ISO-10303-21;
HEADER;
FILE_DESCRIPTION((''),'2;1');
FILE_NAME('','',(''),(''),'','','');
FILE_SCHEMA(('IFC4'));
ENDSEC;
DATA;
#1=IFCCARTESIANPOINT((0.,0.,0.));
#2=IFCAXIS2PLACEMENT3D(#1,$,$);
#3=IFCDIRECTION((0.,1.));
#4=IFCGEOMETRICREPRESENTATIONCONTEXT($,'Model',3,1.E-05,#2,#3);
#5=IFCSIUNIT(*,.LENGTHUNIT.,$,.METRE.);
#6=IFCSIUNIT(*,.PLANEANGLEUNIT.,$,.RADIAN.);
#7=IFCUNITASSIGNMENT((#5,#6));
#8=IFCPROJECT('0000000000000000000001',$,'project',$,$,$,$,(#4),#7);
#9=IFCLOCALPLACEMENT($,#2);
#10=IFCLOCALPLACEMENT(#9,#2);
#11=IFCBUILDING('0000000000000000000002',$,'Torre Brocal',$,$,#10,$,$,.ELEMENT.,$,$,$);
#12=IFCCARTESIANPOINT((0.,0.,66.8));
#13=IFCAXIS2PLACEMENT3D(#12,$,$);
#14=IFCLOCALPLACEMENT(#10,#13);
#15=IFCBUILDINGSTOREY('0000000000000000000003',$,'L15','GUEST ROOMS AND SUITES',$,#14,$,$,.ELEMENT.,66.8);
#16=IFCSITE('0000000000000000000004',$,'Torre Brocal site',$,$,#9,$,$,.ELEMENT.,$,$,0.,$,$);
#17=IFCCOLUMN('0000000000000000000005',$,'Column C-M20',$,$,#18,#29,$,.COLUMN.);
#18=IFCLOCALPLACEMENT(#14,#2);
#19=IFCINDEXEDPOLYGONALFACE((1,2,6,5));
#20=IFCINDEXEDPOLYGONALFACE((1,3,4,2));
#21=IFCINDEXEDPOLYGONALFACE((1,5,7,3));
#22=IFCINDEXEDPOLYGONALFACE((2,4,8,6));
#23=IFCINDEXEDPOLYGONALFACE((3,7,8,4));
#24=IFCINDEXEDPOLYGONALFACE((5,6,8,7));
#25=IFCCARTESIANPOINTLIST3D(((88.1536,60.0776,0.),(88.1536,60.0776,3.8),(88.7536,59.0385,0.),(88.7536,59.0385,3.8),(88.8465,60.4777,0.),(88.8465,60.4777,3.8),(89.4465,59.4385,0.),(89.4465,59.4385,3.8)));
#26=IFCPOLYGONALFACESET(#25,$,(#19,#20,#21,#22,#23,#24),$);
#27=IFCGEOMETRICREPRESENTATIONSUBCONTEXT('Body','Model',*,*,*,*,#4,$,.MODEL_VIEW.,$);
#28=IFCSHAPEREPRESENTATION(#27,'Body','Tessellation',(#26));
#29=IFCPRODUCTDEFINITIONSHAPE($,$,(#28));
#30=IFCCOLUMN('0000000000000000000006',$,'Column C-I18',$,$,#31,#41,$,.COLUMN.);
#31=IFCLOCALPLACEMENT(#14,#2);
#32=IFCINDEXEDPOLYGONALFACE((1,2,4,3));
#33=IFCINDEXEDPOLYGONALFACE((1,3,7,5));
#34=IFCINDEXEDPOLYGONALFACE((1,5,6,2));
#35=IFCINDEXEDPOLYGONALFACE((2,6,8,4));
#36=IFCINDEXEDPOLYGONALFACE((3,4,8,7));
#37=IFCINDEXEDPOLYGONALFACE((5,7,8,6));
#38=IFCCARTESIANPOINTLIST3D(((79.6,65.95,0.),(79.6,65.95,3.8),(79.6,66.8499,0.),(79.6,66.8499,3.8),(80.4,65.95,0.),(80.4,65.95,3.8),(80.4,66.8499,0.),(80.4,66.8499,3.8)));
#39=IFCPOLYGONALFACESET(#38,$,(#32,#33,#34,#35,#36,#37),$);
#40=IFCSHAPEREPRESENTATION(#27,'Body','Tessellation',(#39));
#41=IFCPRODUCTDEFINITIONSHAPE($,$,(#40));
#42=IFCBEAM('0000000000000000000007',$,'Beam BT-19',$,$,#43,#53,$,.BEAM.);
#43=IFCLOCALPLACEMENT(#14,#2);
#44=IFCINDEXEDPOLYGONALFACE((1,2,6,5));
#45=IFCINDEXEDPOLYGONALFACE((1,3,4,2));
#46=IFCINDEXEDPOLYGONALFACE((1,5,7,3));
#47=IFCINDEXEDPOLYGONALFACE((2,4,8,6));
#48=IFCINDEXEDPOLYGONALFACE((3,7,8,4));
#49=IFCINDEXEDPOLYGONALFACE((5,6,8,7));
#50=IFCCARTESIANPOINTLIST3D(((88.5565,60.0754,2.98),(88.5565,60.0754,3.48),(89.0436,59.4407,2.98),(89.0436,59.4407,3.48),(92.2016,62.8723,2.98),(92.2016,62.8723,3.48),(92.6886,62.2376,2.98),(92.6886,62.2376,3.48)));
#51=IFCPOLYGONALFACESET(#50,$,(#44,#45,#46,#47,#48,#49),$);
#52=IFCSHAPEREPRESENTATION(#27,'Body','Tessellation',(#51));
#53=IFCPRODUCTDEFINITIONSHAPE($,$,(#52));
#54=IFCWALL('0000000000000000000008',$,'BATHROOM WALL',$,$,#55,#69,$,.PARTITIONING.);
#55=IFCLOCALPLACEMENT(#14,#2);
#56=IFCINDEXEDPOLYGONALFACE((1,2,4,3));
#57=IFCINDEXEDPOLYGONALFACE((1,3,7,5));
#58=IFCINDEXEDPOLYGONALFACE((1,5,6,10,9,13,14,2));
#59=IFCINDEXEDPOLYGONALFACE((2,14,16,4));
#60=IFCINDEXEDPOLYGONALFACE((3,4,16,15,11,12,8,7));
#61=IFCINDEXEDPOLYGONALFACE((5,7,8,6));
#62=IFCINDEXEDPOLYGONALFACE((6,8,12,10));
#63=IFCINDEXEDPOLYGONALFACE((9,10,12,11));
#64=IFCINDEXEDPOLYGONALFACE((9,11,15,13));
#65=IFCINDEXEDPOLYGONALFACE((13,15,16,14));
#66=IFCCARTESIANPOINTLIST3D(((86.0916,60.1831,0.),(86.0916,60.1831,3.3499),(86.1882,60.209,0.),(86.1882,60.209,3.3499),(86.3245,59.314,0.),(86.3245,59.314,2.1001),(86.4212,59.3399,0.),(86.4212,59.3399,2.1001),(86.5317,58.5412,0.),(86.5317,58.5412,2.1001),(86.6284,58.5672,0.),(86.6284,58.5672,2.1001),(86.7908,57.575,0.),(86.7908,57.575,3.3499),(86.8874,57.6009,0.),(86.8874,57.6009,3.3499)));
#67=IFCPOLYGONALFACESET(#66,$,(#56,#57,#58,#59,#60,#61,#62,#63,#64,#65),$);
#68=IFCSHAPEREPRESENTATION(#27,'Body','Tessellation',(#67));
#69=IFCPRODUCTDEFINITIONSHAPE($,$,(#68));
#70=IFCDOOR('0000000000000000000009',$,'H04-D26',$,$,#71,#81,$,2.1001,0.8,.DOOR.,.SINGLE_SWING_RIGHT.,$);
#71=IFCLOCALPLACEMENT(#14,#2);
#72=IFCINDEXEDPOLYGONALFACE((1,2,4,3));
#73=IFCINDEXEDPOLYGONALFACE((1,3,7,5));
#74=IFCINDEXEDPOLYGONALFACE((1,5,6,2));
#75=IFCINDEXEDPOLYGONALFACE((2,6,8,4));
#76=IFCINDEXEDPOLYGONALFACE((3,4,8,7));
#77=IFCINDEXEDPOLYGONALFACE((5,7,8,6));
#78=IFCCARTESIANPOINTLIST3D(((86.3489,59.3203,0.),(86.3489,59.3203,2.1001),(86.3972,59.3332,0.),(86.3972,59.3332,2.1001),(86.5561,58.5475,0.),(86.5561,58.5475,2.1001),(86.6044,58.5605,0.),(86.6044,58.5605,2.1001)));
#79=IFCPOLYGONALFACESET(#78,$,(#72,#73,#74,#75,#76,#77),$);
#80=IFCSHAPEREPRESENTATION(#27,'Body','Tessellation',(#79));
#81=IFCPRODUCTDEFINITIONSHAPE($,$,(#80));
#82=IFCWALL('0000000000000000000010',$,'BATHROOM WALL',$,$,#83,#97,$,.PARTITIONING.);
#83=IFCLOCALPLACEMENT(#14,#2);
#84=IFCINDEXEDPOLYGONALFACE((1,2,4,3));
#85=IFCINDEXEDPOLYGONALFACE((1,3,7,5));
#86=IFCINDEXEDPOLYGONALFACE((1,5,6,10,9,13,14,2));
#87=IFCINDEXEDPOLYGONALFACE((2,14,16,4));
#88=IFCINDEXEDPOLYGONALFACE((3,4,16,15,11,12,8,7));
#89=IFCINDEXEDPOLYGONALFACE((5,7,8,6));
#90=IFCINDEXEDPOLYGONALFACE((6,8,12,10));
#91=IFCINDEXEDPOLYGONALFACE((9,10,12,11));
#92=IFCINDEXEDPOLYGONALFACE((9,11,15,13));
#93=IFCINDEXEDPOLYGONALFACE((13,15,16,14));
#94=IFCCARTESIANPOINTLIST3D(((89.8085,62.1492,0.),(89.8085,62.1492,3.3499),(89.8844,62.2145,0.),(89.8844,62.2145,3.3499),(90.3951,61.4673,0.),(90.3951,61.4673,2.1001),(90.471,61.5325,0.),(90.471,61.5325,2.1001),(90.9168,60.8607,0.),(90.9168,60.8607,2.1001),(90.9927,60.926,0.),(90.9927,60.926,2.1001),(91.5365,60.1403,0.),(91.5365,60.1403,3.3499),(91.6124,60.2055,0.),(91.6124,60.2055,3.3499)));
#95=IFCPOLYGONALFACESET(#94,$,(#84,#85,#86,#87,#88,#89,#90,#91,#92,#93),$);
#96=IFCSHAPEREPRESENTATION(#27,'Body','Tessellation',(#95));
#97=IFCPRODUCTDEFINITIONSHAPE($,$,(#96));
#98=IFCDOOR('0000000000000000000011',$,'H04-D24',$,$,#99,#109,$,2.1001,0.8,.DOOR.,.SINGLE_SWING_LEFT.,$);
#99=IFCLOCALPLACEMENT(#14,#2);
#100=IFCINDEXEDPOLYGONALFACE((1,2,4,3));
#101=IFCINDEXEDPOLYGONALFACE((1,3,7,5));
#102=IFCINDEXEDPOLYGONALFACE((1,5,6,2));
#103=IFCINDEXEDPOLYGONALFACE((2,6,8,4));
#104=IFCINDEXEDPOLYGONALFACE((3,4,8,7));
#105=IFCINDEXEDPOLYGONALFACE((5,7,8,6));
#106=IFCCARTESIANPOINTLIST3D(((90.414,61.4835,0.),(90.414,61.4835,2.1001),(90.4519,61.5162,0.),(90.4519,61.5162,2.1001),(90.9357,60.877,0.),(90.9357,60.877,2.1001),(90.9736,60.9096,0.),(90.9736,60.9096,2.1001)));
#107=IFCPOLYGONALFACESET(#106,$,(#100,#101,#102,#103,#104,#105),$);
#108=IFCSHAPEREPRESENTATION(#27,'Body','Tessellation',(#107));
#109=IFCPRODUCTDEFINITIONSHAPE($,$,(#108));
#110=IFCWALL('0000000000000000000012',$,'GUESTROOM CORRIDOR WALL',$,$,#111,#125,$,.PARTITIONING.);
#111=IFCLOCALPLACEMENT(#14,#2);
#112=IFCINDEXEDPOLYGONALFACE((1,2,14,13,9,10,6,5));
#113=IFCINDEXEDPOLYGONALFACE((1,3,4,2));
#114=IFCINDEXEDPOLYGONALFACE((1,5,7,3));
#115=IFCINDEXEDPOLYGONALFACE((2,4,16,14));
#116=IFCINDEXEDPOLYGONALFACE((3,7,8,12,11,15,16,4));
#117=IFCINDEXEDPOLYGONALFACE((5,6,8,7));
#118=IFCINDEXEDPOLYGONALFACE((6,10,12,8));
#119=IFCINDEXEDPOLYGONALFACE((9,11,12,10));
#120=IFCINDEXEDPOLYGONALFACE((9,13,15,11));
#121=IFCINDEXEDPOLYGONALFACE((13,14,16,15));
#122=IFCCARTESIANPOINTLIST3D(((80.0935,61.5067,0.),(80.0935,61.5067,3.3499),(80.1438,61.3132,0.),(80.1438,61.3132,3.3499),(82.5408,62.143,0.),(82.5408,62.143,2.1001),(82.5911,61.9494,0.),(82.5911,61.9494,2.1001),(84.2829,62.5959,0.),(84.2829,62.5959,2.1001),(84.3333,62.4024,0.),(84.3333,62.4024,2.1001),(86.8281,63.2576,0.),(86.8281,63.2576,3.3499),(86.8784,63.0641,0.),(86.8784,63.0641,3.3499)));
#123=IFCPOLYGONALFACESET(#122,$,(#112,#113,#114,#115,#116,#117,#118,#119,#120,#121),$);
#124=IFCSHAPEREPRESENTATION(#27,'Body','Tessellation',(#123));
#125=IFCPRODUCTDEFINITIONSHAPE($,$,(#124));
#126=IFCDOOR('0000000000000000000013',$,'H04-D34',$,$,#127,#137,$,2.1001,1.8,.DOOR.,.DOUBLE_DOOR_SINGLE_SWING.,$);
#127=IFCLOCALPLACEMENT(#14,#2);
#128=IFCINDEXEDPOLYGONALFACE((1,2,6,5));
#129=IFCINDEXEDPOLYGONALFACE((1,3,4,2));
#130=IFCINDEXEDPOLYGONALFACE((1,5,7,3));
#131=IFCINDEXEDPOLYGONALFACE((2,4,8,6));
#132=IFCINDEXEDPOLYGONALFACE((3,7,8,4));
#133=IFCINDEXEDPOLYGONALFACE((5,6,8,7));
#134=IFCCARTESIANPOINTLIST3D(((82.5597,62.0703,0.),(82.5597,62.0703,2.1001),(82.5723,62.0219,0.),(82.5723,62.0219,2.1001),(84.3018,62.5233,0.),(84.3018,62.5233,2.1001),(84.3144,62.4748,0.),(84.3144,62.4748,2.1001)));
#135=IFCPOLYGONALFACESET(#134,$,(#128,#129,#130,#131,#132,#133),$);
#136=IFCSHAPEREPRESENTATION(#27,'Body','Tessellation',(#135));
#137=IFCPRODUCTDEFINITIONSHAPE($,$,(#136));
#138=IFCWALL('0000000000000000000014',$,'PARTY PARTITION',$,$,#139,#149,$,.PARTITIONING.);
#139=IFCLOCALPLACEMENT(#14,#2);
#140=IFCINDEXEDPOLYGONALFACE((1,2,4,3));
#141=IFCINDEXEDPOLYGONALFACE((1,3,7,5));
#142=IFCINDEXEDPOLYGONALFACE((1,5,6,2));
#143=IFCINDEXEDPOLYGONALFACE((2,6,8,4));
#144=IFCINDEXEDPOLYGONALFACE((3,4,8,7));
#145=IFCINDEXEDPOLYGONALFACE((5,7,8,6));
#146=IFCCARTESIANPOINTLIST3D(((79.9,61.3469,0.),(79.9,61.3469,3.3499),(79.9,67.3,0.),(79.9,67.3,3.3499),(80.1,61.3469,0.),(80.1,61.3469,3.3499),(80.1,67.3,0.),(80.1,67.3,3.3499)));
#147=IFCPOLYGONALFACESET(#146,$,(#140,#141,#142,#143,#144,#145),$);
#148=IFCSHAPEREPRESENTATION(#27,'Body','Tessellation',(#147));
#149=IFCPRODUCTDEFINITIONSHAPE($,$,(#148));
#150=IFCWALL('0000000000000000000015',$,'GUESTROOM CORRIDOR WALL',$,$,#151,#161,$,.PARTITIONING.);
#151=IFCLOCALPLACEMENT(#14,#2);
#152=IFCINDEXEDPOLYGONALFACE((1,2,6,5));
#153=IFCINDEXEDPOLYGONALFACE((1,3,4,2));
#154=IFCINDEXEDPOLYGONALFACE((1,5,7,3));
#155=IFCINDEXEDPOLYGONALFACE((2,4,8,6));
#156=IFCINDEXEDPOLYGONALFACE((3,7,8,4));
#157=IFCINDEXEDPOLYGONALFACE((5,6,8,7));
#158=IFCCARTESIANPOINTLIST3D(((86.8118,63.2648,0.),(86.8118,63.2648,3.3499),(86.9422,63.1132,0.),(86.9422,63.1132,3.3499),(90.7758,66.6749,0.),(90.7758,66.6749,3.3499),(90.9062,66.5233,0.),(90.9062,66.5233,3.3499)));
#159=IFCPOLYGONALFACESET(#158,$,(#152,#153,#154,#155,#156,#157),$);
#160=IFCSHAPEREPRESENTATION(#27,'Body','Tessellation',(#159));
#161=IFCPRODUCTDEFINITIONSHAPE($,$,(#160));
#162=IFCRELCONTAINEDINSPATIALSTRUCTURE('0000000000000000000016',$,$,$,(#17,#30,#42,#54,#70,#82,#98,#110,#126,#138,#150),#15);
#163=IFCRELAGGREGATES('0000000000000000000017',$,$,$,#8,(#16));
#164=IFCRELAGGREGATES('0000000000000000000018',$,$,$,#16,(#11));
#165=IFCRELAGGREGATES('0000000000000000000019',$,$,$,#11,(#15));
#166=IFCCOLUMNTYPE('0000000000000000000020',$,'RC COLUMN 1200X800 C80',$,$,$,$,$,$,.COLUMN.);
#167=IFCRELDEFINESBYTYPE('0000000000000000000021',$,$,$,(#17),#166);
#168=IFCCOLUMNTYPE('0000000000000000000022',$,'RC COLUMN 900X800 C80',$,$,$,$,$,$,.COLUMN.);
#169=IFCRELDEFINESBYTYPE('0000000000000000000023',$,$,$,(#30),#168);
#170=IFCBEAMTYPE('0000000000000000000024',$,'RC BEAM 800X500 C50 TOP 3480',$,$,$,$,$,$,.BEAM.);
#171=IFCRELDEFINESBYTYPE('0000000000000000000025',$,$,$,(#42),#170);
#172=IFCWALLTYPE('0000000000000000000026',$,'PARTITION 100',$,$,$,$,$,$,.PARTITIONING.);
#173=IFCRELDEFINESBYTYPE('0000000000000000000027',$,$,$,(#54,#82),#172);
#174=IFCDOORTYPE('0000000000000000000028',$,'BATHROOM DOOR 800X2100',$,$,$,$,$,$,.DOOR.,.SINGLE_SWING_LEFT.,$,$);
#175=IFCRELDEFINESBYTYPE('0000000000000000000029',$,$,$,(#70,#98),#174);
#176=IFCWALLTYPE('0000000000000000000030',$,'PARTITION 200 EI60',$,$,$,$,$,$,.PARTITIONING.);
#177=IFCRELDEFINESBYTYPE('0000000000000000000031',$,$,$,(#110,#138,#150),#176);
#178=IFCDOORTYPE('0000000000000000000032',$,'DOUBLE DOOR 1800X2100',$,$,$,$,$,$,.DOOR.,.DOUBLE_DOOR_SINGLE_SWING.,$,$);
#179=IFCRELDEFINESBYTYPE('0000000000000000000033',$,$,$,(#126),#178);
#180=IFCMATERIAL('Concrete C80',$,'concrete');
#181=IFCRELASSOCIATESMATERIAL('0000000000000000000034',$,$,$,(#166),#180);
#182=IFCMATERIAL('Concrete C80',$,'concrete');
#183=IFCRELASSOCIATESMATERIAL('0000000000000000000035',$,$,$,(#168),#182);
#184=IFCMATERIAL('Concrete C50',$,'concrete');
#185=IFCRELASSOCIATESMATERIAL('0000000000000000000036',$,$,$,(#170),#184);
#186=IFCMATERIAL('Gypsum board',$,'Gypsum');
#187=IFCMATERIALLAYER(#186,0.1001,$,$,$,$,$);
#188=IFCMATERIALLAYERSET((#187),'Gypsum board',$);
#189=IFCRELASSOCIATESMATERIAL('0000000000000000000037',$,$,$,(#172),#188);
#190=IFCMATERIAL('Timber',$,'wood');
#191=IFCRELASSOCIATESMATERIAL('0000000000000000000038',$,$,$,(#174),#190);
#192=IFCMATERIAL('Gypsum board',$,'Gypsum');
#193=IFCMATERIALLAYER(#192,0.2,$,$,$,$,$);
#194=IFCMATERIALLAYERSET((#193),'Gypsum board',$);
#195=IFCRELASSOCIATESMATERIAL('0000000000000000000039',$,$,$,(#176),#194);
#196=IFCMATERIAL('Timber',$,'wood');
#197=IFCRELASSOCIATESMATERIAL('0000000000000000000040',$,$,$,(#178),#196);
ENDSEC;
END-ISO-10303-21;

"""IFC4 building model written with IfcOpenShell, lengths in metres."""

from ifc_helpers import new_model, si_unit, direction, frame, frame_2d, origin, origin_2d, place, context, subcontext, project, spatial, rectangle, extrude, material, layer, layer_set, material_profile, profile_set, type_object, element, fill, save


model = new_model("IFC4")

# Units and contexts
model_context = context("Model", 3, precision=1e-05, world=origin(), true_north=direction((0.0, 1.0)))
body_context = subcontext(model_context, "Body", "Model", "MODEL_VIEW")
ifc_project = project(units=[si_unit("LENGTHUNIT", "METRE"), si_unit("PLANEANGLEUNIT", "RADIAN")], contexts=[model_context])

# Site, building, storey
site_placement = place(None, origin())
site = spatial("IfcSite", under=ifc_project, at=site_placement, Name="Torre Brocal site", CompositionType="ELEMENT", RefElevation=0.0)
building_placement = place(site_placement, origin())
building = spatial("IfcBuilding", under=site, at=building_placement, Name="Torre Brocal", CompositionType="ELEMENT")
storey_placement = place(building_placement, frame((0.0, 0.0, 66.8)))
storey = spatial("IfcBuildingStorey", under=building, at=storey_placement, Name="L15", Description="GUEST ROOMS AND SUITES", CompositionType="ELEMENT", Elevation=66.8)

# Columns
ifc_material_1 = material(Name="Concrete C80", Category="concrete")
ifc_material_profile_1 = material_profile(ifc_material_1, rectangle(XDim=1.2, YDim=0.8, at=origin_2d()), Name="RC 1200X800")
ifc_profile_set_1 = profile_set([ifc_material_profile_1], Name="Concrete C80")
column_type_1 = type_object("IfcColumnType", Name="RC COLUMN 1200X800 C80", PredefinedType="COLUMN", material=ifc_profile_set_1)
column_1_placement = place(storey_placement, frame((88.8, 59.7581, 0.0), z_axis=(0.0, 0.0, 1.0), x_axis=(0.5, -0.866025, 0.0)))
element("IfcColumn", 1, at=column_1_placement, inside=storey, type_object=column_type_1, Name="Column C-M20", PredefinedType="COLUMN", context=body_context, shape_type="SweptSolid", body=[
    extrude(rectangle(XDim=1.2, YDim=0.8, at=origin_2d()), origin(), (0.0, 0.0, 1.0), 3.8),
])
ifc_material_2 = material(Name="Concrete C80", Category="concrete")
ifc_material_profile_2 = material_profile(ifc_material_2, rectangle(XDim=0.8999, YDim=0.8, at=origin_2d()), Name="RC 900X800")
ifc_profile_set_2 = profile_set([ifc_material_profile_2], Name="Concrete C80")
column_type_2 = type_object("IfcColumnType", Name="RC COLUMN 900X800 C80", PredefinedType="COLUMN", material=ifc_profile_set_2)
column_2_placement = place(storey_placement, frame((80.0, 66.3999, 0.0), z_axis=(0.0, 0.0, 1.0), x_axis=(0.0, -1.0, 0.0)))
element("IfcColumn", 2, at=column_2_placement, inside=storey, type_object=column_type_2, Name="Column C-I18", PredefinedType="COLUMN", context=body_context, shape_type="SweptSolid", body=[
    extrude(rectangle(XDim=0.8999, YDim=0.8, at=origin_2d()), origin(), (0.0, 0.0, 1.0), 3.8),
])

# Beam
ifc_material_3 = material(Name="Concrete C50", Category="concrete")
ifc_material_profile_3 = material_profile(ifc_material_3, rectangle(XDim=0.8, YDim=0.5, at=origin_2d()), Name="RC 800X500")
ifc_profile_set_3 = profile_set([ifc_material_profile_3], Name="Concrete C50")
beam_type = type_object("IfcBeamType", Name="RC BEAM 800X500 C50 TOP 3480", PredefinedType="BEAM", material=ifc_profile_set_3)
beam_placement = place(storey_placement, frame((88.8, 59.7581, 3.23), z_axis=(0.793358, 0.608755, 0.0), x_axis=(-0.608755, 0.793358, 0.0)))
element("IfcBeam", 3, at=beam_placement, inside=storey, type_object=beam_type, Name="Beam BT-19", PredefinedType="BEAM", context=body_context, shape_type="SweptSolid", body=[
    extrude(rectangle(XDim=0.8, YDim=0.5, at=origin_2d()), origin(), (0.0, 0.0, 1.0), 4.5945),
])

# Walls, openings, doors
ifc_material_4 = material(Name="Gypsum board", Category="Gypsum")
ifc_layer_1 = layer(ifc_material_4, 0.1001)
ifc_layer_set_1 = layer_set([ifc_layer_1], Name="Gypsum board")
wall_type_1 = type_object("IfcWallType", Name="PARTITION 100", PredefinedType="PARTITIONING", material=ifc_layer_set_1)
wall_1_placement = place(storey_placement, frame((86.1399, 60.196, 0.0), z_axis=(0.0, 0.0, 1.0), x_axis=(0.258945, -0.965892, 0.0)))
wall_1 = element("IfcWall", 4, at=wall_1_placement, inside=storey, type_object=wall_type_1, Name="BATHROOM WALL", PredefinedType="PARTITIONING", context=body_context, shape_type="SweptSolid", body=[
    extrude(rectangle(XDim=2.7002, YDim=0.1001, at=frame_2d((1.3501, 0.0))), origin(), (0.0, 0.0, 1.0), 3.3499),
])
opening_1_placement = place(wall_1_placement, frame((0.8999, 0.0, 0.0)))
opening_1 = element("IfcOpeningElement", 5, at=opening_1_placement, cuts=wall_1, PredefinedType="OPENING", context=body_context, shape_type="SweptSolid", body=[
    extrude(rectangle(XDim=0.8, YDim=2.1001, at=frame_2d((0.3999, 1.05))), frame((0.0, 0.0601, 0.0), z_axis=(0.0, -1.0, 0.0), x_axis=(1.0, 0.0, 0.0)), (0.0, 0.0, 1.0), 0.1201),
])
ifc_material_5 = material(Name="Timber", Category="wood")
door_type_1 = type_object("IfcDoorType", Name="BATHROOM DOOR 800X2100", OperationType="SINGLE_SWING_LEFT", PredefinedType="DOOR", material=ifc_material_5)
door_1_placement = place(opening_1_placement, frame((0.8, 0.0, 0.0), z_axis=(0.0, 0.0, 1.0), x_axis=(-1.0, 0.0, 0.0)))
door_1 = element("IfcDoor", 6, at=door_1_placement, inside=storey, type_object=door_type_1, Name="H04-D26", OperationType="SINGLE_SWING_RIGHT", OverallHeight=2.1001, OverallWidth=0.8, PredefinedType="DOOR", context=body_context, shape_type="SweptSolid", body=[
    extrude(rectangle(XDim=0.8, YDim=2.1001, at=frame_2d((0.3999, 1.05))), frame((0.0, 0.0249, 0.0), z_axis=(0.0, -1.0, 0.0), x_axis=(1.0, 0.0, 0.0)), (0.0, 0.0, 1.0), 0.05),
])
fill(opening_1, door_1)
wall_2_placement = place(storey_placement, frame((89.8464, 62.1819, 0.0), z_axis=(0.0, 0.0, 1.0), x_axis=(0.652095, -0.758137, 0.0)))
wall_2 = element("IfcWall", 7, at=wall_2_placement, inside=storey, type_object=wall_type_1, Name="BATHROOM WALL", PredefinedType="PARTITIONING", context=body_context, shape_type="SweptSolid", body=[
    extrude(rectangle(XDim=2.6499, YDim=0.1001, at=frame_2d((1.325, 0.0))), origin(), (0.0, 0.0, 1.0), 3.3499),
])
opening_2_placement = place(wall_2_placement, frame((0.8997, 0.0, 0.0)))
opening_2 = element("IfcOpeningElement", 8, at=opening_2_placement, cuts=wall_2, PredefinedType="OPENING", context=body_context, shape_type="SweptSolid", body=[
    extrude(rectangle(XDim=0.8, YDim=2.1001, at=frame_2d((0.3999, 1.05))), frame((0.0, 0.0601, 0.0), z_axis=(0.0, -1.0, 0.0), x_axis=(1.0, 0.0, 0.0)), (0.0, 0.0, 1.0), 0.1201),
])
door_2_placement = place(opening_2_placement, origin())
door_2 = element("IfcDoor", 9, at=door_2_placement, inside=storey, type_object=door_type_1, Name="H04-D24", OperationType="SINGLE_SWING_LEFT", OverallHeight=2.1001, OverallWidth=0.8, PredefinedType="DOOR", context=body_context, shape_type="SweptSolid", body=[
    extrude(rectangle(XDim=0.8, YDim=2.1001, at=frame_2d((0.3999, 1.05))), frame((0.0, 0.0249, 0.0), z_axis=(0.0, -1.0, 0.0), x_axis=(1.0, 0.0, 0.0)), (0.0, 0.0, 1.0), 0.05),
])
fill(opening_2, door_2)
ifc_material_6 = material(Name="Gypsum board", Category="Gypsum")
ifc_layer_2 = layer(ifc_material_6, 0.2)
ifc_layer_set_2 = layer_set([ifc_layer_2], Name="Gypsum board")
wall_type_2 = type_object("IfcWallType", Name="PARTITION 200 EI60", PredefinedType="PARTITIONING", material=ifc_layer_set_2)
wall_3_placement = place(storey_placement, frame((80.1187, 61.4099, 0.0), z_axis=(0.0, 0.0, 1.0), x_axis=(0.967823, 0.251631, 0.0)))
wall_3 = element("IfcWall", 10, at=wall_3_placement, inside=storey, type_object=wall_type_2, Name="GUESTROOM CORRIDOR WALL", PredefinedType="PARTITIONING", context=body_context, shape_type="SweptSolid", body=[
    extrude(rectangle(XDim=6.9585, YDim=0.2, at=frame_2d((3.4792, 0.0))), origin(), (0.0, 0.0, 1.0), 3.3499),
])
opening_3_placement = place(wall_3_placement, frame((2.5288, 0.0, 0.0)))
opening_3 = element("IfcOpeningElement", 11, at=opening_3_placement, cuts=wall_3, PredefinedType="OPENING", context=body_context, shape_type="SweptSolid", body=[
    extrude(rectangle(XDim=1.8, YDim=2.1001, at=frame_2d((0.8999, 1.05))), frame((0.0, 0.1099, 0.0), z_axis=(0.0, -1.0, 0.0), x_axis=(1.0, 0.0, 0.0)), (0.0, 0.0, 1.0), 0.22),
])
ifc_material_7 = material(Name="Timber", Category="wood")
door_type_2 = type_object("IfcDoorType", Name="DOUBLE DOOR 1800X2100", OperationType="DOUBLE_DOOR_SINGLE_SWING", PredefinedType="DOOR", material=ifc_material_7)
door_3_placement = place(opening_3_placement, origin())
door_3 = element("IfcDoor", 12, at=door_3_placement, inside=storey, type_object=door_type_2, Name="H04-D34", OperationType="DOUBLE_DOOR_SINGLE_SWING", OverallHeight=2.1001, OverallWidth=1.8, PredefinedType="DOOR", context=body_context, shape_type="SweptSolid", body=[
    extrude(rectangle(XDim=1.8, YDim=2.1001, at=frame_2d((0.8999, 1.05))), frame((0.0, 0.0249, 0.0), z_axis=(0.0, -1.0, 0.0), x_axis=(1.0, 0.0, 0.0)), (0.0, 0.0, 1.0), 0.05),
])
fill(opening_3, door_3)

# Walls
wall_4_placement = place(storey_placement, frame((80.0, 61.3469, 0.0), z_axis=(0.0, 0.0, 1.0), x_axis=(0.0, 1.0, 0.0)))
element("IfcWall", 13, at=wall_4_placement, inside=storey, type_object=wall_type_2, Name="PARTY PARTITION", PredefinedType="PARTITIONING", context=body_context, shape_type="SweptSolid", body=[
    extrude(rectangle(XDim=5.9531, YDim=0.2, at=frame_2d((2.9766, 0.0))), origin(), (0.0, 0.0, 1.0), 3.3499),
])
wall_5_placement = place(storey_placement, frame((86.877, 63.189, 0.0), z_axis=(0.0, 0.0, 1.0), x_axis=(0.758089, 0.652151, 0.0)))
element("IfcWall", 14, at=wall_5_placement, inside=storey, type_object=wall_type_2, Name="GUESTROOM CORRIDOR WALL", PredefinedType="PARTITIONING", context=body_context, shape_type="SweptSolid", body=[
    extrude(rectangle(XDim=5.229, YDim=0.2, at=frame_2d((2.6145, 0.0))), origin(), (0.0, 0.0, 1.0), 3.3499),
])

save(model, "model.ifc")
